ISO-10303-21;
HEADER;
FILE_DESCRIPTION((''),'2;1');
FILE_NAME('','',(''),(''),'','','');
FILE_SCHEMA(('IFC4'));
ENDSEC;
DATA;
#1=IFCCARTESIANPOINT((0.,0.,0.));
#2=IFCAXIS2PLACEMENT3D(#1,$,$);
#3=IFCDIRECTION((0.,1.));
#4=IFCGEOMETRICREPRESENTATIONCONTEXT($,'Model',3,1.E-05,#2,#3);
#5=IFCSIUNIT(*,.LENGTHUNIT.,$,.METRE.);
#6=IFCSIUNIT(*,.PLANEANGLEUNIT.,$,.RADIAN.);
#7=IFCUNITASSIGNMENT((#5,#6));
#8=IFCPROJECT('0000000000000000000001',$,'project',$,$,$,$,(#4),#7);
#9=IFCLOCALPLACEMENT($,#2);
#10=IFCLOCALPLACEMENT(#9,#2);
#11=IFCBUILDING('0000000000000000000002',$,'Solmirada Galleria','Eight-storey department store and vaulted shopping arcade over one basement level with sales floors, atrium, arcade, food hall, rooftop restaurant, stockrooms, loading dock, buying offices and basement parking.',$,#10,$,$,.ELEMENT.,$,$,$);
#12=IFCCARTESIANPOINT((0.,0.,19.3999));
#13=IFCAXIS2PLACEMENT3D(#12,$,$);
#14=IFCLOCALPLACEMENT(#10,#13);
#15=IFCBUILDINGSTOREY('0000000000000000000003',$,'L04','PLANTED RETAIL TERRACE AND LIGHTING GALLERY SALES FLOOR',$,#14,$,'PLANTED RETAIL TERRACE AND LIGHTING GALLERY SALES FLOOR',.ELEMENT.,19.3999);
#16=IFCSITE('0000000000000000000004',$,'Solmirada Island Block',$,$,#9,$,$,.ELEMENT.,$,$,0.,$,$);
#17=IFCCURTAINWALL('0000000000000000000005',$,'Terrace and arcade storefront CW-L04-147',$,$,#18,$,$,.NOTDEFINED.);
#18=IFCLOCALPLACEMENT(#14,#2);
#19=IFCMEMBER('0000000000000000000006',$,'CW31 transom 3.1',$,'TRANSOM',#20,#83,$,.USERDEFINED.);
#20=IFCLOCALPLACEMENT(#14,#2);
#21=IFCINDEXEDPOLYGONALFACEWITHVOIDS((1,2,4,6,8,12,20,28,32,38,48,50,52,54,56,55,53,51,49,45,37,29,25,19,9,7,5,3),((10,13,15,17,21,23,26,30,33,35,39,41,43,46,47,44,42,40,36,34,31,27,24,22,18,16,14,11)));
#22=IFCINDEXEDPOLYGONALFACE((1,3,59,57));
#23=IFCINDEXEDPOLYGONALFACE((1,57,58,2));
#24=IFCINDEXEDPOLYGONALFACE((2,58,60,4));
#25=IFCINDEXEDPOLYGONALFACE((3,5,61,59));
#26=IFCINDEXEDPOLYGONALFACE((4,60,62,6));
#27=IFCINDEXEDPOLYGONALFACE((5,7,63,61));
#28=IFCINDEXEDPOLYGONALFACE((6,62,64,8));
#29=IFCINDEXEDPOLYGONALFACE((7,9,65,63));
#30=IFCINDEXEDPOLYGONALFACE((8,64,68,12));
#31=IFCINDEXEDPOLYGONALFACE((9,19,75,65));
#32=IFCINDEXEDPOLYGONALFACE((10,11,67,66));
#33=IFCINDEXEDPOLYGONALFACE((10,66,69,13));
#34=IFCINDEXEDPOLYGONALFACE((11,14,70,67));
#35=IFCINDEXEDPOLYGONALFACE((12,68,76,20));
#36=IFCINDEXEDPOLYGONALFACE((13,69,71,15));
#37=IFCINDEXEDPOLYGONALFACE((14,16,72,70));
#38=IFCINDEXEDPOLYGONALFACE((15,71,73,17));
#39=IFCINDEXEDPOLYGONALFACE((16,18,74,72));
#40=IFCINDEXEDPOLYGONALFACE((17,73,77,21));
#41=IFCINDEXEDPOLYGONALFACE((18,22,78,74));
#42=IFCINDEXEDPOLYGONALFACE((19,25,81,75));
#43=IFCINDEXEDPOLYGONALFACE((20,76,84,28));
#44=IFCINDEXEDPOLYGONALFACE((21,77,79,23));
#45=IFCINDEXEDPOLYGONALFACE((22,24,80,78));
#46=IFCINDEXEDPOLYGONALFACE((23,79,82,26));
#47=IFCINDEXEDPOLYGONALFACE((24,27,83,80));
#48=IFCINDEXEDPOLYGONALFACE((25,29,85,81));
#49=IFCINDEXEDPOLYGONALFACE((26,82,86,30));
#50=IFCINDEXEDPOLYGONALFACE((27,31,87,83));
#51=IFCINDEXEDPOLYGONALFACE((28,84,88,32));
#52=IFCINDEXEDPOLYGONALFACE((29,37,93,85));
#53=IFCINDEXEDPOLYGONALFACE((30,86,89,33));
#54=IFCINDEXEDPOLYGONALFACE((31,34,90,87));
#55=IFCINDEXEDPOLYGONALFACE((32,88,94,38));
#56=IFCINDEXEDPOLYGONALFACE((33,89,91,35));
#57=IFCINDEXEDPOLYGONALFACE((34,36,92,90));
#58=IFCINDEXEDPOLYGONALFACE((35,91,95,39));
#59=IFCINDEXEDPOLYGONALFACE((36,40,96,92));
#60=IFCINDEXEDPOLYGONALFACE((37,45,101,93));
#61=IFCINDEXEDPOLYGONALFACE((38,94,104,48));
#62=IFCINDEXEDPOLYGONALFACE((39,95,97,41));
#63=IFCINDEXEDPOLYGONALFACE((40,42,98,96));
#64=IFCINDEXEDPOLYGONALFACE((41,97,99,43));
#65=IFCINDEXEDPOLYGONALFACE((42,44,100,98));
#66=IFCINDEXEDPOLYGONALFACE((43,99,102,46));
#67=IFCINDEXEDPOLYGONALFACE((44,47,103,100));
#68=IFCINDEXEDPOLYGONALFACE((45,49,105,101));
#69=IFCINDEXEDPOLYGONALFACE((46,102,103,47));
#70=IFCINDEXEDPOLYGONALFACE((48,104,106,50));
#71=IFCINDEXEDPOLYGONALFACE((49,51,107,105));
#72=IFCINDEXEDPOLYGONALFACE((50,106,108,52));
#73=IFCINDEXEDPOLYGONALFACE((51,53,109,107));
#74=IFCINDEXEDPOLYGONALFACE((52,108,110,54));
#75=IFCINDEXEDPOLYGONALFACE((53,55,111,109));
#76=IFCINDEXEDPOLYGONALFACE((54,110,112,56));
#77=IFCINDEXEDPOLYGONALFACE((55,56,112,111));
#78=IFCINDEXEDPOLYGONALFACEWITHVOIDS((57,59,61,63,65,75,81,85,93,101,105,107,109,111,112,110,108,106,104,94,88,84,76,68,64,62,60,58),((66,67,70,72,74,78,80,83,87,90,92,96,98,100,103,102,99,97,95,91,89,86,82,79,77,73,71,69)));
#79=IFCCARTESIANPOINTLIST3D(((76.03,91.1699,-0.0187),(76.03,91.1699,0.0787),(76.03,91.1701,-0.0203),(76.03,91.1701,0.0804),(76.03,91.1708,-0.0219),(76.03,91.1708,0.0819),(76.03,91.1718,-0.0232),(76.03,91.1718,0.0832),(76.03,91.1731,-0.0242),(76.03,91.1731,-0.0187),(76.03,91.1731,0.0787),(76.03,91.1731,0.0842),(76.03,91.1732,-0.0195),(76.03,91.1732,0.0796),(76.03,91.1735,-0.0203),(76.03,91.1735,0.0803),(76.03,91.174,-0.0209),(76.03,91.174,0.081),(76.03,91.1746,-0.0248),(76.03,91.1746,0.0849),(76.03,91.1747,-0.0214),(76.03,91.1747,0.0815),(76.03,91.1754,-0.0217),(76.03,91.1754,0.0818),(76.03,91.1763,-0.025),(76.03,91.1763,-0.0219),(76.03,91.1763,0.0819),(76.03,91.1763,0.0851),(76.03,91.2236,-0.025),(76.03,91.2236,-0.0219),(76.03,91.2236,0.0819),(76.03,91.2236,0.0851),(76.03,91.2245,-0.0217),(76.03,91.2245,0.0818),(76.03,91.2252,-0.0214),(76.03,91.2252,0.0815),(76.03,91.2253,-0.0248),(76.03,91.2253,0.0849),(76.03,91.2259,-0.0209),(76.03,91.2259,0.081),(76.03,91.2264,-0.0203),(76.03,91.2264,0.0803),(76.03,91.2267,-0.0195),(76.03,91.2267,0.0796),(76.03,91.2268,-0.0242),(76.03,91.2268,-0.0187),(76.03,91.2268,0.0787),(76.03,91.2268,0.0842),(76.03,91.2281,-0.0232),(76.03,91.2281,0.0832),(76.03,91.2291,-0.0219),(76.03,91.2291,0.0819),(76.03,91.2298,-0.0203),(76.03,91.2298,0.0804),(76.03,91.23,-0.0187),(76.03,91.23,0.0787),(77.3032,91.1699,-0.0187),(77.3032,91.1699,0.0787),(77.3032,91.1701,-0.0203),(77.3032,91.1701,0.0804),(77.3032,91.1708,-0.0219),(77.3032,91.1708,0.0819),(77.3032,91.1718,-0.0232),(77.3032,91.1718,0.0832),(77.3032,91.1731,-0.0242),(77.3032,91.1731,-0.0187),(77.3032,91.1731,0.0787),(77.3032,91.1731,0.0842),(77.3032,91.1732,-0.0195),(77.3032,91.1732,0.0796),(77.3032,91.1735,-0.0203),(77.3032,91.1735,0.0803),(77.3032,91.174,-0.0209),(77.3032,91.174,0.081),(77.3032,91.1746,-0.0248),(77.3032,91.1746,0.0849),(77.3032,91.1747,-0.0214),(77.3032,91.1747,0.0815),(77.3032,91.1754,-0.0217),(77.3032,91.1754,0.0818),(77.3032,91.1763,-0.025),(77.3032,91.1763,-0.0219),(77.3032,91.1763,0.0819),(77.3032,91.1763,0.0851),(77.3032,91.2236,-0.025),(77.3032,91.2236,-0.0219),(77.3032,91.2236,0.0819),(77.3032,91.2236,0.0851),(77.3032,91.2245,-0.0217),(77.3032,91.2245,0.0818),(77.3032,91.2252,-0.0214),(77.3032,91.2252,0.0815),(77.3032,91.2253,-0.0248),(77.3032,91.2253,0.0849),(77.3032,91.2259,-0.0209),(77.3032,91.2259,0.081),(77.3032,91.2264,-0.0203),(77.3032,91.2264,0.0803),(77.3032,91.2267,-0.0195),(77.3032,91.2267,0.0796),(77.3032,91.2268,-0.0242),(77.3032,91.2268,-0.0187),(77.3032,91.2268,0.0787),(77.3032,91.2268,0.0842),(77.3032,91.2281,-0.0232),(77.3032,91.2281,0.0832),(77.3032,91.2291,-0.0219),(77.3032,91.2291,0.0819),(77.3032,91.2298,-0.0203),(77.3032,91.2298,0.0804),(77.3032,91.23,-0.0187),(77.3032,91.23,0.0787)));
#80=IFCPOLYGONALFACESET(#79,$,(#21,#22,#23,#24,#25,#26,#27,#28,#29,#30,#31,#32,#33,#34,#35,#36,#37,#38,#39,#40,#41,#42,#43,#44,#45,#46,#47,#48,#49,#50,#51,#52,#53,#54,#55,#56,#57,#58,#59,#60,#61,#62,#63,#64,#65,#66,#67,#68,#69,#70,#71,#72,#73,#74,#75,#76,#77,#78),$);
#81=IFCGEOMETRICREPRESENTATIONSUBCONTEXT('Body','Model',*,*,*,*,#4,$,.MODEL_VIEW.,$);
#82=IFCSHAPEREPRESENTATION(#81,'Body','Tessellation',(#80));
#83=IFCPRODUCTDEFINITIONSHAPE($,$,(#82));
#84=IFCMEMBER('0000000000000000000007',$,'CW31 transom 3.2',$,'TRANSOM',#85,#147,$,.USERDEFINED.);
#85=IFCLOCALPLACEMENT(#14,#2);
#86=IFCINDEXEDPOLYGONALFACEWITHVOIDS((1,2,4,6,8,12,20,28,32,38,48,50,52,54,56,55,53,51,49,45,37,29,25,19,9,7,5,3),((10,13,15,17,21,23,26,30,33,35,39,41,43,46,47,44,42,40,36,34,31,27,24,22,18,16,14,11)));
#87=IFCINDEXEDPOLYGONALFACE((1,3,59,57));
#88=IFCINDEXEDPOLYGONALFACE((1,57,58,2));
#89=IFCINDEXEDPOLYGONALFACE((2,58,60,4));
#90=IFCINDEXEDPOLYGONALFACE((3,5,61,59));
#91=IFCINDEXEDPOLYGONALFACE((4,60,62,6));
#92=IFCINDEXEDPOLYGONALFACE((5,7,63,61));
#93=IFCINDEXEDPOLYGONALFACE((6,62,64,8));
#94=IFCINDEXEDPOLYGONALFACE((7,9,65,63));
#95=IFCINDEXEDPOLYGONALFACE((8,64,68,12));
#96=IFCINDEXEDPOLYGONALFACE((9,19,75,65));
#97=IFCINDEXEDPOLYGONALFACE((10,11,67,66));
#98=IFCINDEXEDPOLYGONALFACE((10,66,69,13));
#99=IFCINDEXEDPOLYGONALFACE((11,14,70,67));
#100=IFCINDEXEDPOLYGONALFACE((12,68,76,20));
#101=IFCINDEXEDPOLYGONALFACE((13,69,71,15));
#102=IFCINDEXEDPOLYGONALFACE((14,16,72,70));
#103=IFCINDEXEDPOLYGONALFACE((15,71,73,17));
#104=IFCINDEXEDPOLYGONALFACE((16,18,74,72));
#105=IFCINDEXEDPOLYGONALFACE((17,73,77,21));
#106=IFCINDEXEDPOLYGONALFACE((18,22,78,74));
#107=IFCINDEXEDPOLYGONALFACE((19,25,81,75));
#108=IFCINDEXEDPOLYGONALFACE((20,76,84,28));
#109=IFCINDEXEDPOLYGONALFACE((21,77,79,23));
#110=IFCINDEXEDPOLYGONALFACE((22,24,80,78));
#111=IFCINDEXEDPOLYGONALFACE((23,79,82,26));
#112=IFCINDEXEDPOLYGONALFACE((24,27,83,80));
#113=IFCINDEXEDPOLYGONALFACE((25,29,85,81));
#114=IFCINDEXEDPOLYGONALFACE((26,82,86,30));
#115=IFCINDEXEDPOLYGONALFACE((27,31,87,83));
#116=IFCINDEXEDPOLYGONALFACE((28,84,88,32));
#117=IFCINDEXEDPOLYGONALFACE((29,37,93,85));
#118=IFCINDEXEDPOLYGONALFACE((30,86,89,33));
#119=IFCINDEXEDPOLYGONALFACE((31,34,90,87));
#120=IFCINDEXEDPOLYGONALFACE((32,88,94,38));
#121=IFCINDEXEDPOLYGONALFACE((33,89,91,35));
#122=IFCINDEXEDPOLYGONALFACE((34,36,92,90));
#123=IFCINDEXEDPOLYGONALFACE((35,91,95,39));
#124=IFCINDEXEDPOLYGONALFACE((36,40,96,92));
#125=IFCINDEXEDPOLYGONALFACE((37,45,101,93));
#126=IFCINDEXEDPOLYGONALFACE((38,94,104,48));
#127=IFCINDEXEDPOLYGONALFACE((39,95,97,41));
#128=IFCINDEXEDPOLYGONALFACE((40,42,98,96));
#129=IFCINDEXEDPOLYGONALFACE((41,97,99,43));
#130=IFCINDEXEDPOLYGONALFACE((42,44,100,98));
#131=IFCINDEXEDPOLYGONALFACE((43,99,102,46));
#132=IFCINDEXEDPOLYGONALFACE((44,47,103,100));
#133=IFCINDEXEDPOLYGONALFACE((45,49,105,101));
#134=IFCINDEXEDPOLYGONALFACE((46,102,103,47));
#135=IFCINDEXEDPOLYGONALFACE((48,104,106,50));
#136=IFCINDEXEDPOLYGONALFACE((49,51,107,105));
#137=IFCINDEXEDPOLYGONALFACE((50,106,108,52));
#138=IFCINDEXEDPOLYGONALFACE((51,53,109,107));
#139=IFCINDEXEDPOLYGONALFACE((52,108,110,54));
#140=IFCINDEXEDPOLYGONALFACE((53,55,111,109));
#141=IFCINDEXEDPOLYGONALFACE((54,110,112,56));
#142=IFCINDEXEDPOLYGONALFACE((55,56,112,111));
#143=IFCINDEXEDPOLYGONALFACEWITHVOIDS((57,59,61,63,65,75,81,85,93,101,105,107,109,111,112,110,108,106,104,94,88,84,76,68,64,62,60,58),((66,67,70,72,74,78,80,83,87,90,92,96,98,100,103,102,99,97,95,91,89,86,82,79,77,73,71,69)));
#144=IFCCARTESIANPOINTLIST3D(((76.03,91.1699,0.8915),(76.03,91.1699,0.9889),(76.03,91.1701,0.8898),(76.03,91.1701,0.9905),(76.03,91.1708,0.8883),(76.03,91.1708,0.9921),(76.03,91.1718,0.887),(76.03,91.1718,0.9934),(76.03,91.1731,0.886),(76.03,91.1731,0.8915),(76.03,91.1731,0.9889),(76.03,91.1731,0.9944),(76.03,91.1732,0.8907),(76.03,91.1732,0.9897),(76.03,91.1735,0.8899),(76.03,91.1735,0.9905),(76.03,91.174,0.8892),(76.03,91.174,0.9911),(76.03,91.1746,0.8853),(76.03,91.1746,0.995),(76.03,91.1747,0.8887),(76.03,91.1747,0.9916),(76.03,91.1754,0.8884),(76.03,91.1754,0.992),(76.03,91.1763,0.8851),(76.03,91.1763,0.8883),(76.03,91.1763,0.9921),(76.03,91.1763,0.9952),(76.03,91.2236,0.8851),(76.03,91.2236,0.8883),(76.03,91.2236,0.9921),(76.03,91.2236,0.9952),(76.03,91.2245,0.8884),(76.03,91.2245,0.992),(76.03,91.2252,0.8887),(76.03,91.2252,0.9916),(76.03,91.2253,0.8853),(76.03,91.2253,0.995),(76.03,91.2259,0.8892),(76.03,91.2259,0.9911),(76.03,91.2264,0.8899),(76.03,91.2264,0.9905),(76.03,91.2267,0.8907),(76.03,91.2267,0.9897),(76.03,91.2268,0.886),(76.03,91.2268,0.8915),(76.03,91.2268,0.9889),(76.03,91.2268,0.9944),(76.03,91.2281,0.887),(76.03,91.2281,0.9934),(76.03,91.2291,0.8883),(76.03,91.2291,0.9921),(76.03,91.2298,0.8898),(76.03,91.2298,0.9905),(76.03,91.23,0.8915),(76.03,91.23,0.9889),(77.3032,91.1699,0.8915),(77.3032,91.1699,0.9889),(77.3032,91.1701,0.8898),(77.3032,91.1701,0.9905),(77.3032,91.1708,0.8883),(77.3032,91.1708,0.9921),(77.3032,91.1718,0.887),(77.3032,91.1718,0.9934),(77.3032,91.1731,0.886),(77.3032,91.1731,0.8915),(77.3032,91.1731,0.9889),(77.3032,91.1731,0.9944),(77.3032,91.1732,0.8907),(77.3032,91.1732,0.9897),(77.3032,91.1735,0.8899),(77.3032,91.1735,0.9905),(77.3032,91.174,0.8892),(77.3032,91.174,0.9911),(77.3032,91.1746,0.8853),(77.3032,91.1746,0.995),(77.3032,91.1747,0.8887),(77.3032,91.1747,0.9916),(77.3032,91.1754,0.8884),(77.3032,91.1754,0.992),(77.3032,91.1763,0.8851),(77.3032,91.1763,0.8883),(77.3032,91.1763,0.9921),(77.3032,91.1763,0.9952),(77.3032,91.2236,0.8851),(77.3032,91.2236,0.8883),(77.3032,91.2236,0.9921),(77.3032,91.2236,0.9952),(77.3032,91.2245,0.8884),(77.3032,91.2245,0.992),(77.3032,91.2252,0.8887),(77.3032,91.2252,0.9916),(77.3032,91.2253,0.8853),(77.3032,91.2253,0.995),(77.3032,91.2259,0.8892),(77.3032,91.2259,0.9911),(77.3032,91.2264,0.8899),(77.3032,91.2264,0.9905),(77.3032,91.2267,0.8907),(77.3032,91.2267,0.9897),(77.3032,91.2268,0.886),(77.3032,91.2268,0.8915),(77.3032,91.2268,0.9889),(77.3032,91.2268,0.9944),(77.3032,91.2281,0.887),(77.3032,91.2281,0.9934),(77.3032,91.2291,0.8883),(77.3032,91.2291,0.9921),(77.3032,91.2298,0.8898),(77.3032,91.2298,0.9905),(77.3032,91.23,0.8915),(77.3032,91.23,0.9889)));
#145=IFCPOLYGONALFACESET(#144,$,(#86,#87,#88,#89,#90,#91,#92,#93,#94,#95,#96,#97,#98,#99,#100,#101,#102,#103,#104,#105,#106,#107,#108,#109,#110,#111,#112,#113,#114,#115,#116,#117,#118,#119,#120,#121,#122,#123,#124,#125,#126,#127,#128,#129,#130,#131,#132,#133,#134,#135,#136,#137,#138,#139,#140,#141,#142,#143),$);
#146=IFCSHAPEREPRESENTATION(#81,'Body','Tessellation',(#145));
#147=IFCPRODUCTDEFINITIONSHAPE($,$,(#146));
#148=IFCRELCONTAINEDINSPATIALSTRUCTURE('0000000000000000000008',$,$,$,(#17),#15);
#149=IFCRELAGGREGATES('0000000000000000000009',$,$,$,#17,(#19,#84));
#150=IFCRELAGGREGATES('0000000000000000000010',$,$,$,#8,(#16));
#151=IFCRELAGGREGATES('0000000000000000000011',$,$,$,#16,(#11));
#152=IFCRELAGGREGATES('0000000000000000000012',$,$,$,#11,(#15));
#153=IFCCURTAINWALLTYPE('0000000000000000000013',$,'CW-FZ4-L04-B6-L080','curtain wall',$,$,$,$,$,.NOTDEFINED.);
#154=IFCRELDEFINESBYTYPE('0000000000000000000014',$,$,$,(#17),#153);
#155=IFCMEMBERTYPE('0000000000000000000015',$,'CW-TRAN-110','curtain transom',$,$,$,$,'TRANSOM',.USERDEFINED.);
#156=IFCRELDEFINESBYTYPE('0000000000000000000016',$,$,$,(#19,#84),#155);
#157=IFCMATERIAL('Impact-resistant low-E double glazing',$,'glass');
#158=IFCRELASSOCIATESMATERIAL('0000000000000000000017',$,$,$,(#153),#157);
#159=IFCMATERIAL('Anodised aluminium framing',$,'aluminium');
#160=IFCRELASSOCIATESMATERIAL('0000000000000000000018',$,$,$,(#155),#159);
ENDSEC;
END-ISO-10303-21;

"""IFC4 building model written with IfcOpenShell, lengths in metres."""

from ifc_helpers import new_model, si_unit, direction, frame, origin, origin_2d, place, context, subcontext, project, spatial, hollow_rectangle, extrude, material, material_profile, profile_set, type_object, element, aggregate, save


model = new_model("IFC4")

# Units and contexts
model_context = context("Model", 3, precision=1e-05, world=origin(), true_north=direction((0.0, 1.0)))
body_context = subcontext(model_context, "Body", "Model", "MODEL_VIEW")
ifc_project = project(units=[si_unit("LENGTHUNIT", "METRE"), si_unit("PLANEANGLEUNIT", "RADIAN")], contexts=[model_context])

# Site, building, storey
site_placement = place(None, origin())
site = spatial("IfcSite", under=ifc_project, at=site_placement, Name="Solmirada Island Block", CompositionType="ELEMENT", RefElevation=0.0)
building_placement = place(site_placement, origin())
building = spatial("IfcBuilding", under=site, at=building_placement, Name="Solmirada Galleria", Description="Eight-storey department store and vaulted shopping arcade over one basement level with sales floors, atrium, arcade, food hall, rooftop restaurant, stockrooms, loading dock, buying offices and basement parking.", CompositionType="ELEMENT")
storey_placement = place(building_placement, frame((0.0, 0.0, 19.3999)))
storey = spatial("IfcBuildingStorey", under=building, at=storey_placement, Name="L04", Description="PLANTED RETAIL TERRACE AND LIGHTING GALLERY SALES FLOOR", LongName="PLANTED RETAIL TERRACE AND LIGHTING GALLERY SALES FLOOR", CompositionType="ELEMENT", Elevation=19.3999)

# Curtain wall, members
ifc_material_1 = material(Name="Impact-resistant low-E double glazing", Category="glass")
curtain_wall_type = type_object("IfcCurtainWallType", Name="CW-FZ4-L04-B6-L080", Description="curtain wall", PredefinedType="NOTDEFINED", material=ifc_material_1)
curtain_wall_placement = place(storey_placement, origin())
curtain_wall = element("IfcCurtainWall", 1, at=curtain_wall_placement, inside=storey, type_object=curtain_wall_type, Name="Terrace and arcade storefront CW-L04-147", PredefinedType="NOTDEFINED")
ifc_material_2 = material(Name="Anodised aluminium framing", Category="aluminium")
ifc_material_profile_1 = material_profile(ifc_material_2, hollow_rectangle(XDim=0.0601, YDim=0.1101, WallThickness=0.0032, InnerFilletRadius=0.0032, OuterFilletRadius=0.0063, at=origin_2d()), Name="ALU-TRAN-110X60")
ifc_profile_set_1 = profile_set([ifc_material_profile_1], Name="Anodised aluminium framing")
member_type_1 = type_object("IfcMemberType", Name="CW-TRAN-110", Description="curtain transom", ElementType="TRANSOM", PredefinedType="USERDEFINED", material=ifc_profile_set_1)
member_1_placement = place(storey_placement, frame((77.3032, 91.2, 0.03), z_axis=(-1.0, 0.0, 0.0), x_axis=(0.0, -1.0, 0.0)))
member_1 = element("IfcMember", 2, at=member_1_placement, type_object=member_type_1, Name="CW31 transom 3.1", ObjectType="TRANSOM", PredefinedType="USERDEFINED", context=body_context, shape_type="SweptSolid", body=[
    extrude(hollow_rectangle(XDim=0.0601, YDim=0.1101, WallThickness=0.0032, InnerFilletRadius=0.0032, OuterFilletRadius=0.0063, at=origin_2d()), origin(), (0.0, 0.0, 1.0), 1.2732),
])
member_2_placement = place(storey_placement, frame((77.3032, 91.2, 0.9402), z_axis=(-1.0, 0.0, 0.0), x_axis=(0.0, -1.0, 0.0)))
member_2 = element("IfcMember", 3, at=member_2_placement, type_object=member_type_1, Name="CW31 transom 3.2", ObjectType="TRANSOM", PredefinedType="USERDEFINED", context=body_context, shape_type="SweptSolid", body=[
    extrude(hollow_rectangle(XDim=0.0601, YDim=0.1101, WallThickness=0.0032, InnerFilletRadius=0.0032, OuterFilletRadius=0.0063, at=origin_2d()), origin(), (0.0, 0.0, 1.0), 1.2732),
])
aggregate(curtain_wall, [member_1, member_2])

save(model, "model.ifc")
